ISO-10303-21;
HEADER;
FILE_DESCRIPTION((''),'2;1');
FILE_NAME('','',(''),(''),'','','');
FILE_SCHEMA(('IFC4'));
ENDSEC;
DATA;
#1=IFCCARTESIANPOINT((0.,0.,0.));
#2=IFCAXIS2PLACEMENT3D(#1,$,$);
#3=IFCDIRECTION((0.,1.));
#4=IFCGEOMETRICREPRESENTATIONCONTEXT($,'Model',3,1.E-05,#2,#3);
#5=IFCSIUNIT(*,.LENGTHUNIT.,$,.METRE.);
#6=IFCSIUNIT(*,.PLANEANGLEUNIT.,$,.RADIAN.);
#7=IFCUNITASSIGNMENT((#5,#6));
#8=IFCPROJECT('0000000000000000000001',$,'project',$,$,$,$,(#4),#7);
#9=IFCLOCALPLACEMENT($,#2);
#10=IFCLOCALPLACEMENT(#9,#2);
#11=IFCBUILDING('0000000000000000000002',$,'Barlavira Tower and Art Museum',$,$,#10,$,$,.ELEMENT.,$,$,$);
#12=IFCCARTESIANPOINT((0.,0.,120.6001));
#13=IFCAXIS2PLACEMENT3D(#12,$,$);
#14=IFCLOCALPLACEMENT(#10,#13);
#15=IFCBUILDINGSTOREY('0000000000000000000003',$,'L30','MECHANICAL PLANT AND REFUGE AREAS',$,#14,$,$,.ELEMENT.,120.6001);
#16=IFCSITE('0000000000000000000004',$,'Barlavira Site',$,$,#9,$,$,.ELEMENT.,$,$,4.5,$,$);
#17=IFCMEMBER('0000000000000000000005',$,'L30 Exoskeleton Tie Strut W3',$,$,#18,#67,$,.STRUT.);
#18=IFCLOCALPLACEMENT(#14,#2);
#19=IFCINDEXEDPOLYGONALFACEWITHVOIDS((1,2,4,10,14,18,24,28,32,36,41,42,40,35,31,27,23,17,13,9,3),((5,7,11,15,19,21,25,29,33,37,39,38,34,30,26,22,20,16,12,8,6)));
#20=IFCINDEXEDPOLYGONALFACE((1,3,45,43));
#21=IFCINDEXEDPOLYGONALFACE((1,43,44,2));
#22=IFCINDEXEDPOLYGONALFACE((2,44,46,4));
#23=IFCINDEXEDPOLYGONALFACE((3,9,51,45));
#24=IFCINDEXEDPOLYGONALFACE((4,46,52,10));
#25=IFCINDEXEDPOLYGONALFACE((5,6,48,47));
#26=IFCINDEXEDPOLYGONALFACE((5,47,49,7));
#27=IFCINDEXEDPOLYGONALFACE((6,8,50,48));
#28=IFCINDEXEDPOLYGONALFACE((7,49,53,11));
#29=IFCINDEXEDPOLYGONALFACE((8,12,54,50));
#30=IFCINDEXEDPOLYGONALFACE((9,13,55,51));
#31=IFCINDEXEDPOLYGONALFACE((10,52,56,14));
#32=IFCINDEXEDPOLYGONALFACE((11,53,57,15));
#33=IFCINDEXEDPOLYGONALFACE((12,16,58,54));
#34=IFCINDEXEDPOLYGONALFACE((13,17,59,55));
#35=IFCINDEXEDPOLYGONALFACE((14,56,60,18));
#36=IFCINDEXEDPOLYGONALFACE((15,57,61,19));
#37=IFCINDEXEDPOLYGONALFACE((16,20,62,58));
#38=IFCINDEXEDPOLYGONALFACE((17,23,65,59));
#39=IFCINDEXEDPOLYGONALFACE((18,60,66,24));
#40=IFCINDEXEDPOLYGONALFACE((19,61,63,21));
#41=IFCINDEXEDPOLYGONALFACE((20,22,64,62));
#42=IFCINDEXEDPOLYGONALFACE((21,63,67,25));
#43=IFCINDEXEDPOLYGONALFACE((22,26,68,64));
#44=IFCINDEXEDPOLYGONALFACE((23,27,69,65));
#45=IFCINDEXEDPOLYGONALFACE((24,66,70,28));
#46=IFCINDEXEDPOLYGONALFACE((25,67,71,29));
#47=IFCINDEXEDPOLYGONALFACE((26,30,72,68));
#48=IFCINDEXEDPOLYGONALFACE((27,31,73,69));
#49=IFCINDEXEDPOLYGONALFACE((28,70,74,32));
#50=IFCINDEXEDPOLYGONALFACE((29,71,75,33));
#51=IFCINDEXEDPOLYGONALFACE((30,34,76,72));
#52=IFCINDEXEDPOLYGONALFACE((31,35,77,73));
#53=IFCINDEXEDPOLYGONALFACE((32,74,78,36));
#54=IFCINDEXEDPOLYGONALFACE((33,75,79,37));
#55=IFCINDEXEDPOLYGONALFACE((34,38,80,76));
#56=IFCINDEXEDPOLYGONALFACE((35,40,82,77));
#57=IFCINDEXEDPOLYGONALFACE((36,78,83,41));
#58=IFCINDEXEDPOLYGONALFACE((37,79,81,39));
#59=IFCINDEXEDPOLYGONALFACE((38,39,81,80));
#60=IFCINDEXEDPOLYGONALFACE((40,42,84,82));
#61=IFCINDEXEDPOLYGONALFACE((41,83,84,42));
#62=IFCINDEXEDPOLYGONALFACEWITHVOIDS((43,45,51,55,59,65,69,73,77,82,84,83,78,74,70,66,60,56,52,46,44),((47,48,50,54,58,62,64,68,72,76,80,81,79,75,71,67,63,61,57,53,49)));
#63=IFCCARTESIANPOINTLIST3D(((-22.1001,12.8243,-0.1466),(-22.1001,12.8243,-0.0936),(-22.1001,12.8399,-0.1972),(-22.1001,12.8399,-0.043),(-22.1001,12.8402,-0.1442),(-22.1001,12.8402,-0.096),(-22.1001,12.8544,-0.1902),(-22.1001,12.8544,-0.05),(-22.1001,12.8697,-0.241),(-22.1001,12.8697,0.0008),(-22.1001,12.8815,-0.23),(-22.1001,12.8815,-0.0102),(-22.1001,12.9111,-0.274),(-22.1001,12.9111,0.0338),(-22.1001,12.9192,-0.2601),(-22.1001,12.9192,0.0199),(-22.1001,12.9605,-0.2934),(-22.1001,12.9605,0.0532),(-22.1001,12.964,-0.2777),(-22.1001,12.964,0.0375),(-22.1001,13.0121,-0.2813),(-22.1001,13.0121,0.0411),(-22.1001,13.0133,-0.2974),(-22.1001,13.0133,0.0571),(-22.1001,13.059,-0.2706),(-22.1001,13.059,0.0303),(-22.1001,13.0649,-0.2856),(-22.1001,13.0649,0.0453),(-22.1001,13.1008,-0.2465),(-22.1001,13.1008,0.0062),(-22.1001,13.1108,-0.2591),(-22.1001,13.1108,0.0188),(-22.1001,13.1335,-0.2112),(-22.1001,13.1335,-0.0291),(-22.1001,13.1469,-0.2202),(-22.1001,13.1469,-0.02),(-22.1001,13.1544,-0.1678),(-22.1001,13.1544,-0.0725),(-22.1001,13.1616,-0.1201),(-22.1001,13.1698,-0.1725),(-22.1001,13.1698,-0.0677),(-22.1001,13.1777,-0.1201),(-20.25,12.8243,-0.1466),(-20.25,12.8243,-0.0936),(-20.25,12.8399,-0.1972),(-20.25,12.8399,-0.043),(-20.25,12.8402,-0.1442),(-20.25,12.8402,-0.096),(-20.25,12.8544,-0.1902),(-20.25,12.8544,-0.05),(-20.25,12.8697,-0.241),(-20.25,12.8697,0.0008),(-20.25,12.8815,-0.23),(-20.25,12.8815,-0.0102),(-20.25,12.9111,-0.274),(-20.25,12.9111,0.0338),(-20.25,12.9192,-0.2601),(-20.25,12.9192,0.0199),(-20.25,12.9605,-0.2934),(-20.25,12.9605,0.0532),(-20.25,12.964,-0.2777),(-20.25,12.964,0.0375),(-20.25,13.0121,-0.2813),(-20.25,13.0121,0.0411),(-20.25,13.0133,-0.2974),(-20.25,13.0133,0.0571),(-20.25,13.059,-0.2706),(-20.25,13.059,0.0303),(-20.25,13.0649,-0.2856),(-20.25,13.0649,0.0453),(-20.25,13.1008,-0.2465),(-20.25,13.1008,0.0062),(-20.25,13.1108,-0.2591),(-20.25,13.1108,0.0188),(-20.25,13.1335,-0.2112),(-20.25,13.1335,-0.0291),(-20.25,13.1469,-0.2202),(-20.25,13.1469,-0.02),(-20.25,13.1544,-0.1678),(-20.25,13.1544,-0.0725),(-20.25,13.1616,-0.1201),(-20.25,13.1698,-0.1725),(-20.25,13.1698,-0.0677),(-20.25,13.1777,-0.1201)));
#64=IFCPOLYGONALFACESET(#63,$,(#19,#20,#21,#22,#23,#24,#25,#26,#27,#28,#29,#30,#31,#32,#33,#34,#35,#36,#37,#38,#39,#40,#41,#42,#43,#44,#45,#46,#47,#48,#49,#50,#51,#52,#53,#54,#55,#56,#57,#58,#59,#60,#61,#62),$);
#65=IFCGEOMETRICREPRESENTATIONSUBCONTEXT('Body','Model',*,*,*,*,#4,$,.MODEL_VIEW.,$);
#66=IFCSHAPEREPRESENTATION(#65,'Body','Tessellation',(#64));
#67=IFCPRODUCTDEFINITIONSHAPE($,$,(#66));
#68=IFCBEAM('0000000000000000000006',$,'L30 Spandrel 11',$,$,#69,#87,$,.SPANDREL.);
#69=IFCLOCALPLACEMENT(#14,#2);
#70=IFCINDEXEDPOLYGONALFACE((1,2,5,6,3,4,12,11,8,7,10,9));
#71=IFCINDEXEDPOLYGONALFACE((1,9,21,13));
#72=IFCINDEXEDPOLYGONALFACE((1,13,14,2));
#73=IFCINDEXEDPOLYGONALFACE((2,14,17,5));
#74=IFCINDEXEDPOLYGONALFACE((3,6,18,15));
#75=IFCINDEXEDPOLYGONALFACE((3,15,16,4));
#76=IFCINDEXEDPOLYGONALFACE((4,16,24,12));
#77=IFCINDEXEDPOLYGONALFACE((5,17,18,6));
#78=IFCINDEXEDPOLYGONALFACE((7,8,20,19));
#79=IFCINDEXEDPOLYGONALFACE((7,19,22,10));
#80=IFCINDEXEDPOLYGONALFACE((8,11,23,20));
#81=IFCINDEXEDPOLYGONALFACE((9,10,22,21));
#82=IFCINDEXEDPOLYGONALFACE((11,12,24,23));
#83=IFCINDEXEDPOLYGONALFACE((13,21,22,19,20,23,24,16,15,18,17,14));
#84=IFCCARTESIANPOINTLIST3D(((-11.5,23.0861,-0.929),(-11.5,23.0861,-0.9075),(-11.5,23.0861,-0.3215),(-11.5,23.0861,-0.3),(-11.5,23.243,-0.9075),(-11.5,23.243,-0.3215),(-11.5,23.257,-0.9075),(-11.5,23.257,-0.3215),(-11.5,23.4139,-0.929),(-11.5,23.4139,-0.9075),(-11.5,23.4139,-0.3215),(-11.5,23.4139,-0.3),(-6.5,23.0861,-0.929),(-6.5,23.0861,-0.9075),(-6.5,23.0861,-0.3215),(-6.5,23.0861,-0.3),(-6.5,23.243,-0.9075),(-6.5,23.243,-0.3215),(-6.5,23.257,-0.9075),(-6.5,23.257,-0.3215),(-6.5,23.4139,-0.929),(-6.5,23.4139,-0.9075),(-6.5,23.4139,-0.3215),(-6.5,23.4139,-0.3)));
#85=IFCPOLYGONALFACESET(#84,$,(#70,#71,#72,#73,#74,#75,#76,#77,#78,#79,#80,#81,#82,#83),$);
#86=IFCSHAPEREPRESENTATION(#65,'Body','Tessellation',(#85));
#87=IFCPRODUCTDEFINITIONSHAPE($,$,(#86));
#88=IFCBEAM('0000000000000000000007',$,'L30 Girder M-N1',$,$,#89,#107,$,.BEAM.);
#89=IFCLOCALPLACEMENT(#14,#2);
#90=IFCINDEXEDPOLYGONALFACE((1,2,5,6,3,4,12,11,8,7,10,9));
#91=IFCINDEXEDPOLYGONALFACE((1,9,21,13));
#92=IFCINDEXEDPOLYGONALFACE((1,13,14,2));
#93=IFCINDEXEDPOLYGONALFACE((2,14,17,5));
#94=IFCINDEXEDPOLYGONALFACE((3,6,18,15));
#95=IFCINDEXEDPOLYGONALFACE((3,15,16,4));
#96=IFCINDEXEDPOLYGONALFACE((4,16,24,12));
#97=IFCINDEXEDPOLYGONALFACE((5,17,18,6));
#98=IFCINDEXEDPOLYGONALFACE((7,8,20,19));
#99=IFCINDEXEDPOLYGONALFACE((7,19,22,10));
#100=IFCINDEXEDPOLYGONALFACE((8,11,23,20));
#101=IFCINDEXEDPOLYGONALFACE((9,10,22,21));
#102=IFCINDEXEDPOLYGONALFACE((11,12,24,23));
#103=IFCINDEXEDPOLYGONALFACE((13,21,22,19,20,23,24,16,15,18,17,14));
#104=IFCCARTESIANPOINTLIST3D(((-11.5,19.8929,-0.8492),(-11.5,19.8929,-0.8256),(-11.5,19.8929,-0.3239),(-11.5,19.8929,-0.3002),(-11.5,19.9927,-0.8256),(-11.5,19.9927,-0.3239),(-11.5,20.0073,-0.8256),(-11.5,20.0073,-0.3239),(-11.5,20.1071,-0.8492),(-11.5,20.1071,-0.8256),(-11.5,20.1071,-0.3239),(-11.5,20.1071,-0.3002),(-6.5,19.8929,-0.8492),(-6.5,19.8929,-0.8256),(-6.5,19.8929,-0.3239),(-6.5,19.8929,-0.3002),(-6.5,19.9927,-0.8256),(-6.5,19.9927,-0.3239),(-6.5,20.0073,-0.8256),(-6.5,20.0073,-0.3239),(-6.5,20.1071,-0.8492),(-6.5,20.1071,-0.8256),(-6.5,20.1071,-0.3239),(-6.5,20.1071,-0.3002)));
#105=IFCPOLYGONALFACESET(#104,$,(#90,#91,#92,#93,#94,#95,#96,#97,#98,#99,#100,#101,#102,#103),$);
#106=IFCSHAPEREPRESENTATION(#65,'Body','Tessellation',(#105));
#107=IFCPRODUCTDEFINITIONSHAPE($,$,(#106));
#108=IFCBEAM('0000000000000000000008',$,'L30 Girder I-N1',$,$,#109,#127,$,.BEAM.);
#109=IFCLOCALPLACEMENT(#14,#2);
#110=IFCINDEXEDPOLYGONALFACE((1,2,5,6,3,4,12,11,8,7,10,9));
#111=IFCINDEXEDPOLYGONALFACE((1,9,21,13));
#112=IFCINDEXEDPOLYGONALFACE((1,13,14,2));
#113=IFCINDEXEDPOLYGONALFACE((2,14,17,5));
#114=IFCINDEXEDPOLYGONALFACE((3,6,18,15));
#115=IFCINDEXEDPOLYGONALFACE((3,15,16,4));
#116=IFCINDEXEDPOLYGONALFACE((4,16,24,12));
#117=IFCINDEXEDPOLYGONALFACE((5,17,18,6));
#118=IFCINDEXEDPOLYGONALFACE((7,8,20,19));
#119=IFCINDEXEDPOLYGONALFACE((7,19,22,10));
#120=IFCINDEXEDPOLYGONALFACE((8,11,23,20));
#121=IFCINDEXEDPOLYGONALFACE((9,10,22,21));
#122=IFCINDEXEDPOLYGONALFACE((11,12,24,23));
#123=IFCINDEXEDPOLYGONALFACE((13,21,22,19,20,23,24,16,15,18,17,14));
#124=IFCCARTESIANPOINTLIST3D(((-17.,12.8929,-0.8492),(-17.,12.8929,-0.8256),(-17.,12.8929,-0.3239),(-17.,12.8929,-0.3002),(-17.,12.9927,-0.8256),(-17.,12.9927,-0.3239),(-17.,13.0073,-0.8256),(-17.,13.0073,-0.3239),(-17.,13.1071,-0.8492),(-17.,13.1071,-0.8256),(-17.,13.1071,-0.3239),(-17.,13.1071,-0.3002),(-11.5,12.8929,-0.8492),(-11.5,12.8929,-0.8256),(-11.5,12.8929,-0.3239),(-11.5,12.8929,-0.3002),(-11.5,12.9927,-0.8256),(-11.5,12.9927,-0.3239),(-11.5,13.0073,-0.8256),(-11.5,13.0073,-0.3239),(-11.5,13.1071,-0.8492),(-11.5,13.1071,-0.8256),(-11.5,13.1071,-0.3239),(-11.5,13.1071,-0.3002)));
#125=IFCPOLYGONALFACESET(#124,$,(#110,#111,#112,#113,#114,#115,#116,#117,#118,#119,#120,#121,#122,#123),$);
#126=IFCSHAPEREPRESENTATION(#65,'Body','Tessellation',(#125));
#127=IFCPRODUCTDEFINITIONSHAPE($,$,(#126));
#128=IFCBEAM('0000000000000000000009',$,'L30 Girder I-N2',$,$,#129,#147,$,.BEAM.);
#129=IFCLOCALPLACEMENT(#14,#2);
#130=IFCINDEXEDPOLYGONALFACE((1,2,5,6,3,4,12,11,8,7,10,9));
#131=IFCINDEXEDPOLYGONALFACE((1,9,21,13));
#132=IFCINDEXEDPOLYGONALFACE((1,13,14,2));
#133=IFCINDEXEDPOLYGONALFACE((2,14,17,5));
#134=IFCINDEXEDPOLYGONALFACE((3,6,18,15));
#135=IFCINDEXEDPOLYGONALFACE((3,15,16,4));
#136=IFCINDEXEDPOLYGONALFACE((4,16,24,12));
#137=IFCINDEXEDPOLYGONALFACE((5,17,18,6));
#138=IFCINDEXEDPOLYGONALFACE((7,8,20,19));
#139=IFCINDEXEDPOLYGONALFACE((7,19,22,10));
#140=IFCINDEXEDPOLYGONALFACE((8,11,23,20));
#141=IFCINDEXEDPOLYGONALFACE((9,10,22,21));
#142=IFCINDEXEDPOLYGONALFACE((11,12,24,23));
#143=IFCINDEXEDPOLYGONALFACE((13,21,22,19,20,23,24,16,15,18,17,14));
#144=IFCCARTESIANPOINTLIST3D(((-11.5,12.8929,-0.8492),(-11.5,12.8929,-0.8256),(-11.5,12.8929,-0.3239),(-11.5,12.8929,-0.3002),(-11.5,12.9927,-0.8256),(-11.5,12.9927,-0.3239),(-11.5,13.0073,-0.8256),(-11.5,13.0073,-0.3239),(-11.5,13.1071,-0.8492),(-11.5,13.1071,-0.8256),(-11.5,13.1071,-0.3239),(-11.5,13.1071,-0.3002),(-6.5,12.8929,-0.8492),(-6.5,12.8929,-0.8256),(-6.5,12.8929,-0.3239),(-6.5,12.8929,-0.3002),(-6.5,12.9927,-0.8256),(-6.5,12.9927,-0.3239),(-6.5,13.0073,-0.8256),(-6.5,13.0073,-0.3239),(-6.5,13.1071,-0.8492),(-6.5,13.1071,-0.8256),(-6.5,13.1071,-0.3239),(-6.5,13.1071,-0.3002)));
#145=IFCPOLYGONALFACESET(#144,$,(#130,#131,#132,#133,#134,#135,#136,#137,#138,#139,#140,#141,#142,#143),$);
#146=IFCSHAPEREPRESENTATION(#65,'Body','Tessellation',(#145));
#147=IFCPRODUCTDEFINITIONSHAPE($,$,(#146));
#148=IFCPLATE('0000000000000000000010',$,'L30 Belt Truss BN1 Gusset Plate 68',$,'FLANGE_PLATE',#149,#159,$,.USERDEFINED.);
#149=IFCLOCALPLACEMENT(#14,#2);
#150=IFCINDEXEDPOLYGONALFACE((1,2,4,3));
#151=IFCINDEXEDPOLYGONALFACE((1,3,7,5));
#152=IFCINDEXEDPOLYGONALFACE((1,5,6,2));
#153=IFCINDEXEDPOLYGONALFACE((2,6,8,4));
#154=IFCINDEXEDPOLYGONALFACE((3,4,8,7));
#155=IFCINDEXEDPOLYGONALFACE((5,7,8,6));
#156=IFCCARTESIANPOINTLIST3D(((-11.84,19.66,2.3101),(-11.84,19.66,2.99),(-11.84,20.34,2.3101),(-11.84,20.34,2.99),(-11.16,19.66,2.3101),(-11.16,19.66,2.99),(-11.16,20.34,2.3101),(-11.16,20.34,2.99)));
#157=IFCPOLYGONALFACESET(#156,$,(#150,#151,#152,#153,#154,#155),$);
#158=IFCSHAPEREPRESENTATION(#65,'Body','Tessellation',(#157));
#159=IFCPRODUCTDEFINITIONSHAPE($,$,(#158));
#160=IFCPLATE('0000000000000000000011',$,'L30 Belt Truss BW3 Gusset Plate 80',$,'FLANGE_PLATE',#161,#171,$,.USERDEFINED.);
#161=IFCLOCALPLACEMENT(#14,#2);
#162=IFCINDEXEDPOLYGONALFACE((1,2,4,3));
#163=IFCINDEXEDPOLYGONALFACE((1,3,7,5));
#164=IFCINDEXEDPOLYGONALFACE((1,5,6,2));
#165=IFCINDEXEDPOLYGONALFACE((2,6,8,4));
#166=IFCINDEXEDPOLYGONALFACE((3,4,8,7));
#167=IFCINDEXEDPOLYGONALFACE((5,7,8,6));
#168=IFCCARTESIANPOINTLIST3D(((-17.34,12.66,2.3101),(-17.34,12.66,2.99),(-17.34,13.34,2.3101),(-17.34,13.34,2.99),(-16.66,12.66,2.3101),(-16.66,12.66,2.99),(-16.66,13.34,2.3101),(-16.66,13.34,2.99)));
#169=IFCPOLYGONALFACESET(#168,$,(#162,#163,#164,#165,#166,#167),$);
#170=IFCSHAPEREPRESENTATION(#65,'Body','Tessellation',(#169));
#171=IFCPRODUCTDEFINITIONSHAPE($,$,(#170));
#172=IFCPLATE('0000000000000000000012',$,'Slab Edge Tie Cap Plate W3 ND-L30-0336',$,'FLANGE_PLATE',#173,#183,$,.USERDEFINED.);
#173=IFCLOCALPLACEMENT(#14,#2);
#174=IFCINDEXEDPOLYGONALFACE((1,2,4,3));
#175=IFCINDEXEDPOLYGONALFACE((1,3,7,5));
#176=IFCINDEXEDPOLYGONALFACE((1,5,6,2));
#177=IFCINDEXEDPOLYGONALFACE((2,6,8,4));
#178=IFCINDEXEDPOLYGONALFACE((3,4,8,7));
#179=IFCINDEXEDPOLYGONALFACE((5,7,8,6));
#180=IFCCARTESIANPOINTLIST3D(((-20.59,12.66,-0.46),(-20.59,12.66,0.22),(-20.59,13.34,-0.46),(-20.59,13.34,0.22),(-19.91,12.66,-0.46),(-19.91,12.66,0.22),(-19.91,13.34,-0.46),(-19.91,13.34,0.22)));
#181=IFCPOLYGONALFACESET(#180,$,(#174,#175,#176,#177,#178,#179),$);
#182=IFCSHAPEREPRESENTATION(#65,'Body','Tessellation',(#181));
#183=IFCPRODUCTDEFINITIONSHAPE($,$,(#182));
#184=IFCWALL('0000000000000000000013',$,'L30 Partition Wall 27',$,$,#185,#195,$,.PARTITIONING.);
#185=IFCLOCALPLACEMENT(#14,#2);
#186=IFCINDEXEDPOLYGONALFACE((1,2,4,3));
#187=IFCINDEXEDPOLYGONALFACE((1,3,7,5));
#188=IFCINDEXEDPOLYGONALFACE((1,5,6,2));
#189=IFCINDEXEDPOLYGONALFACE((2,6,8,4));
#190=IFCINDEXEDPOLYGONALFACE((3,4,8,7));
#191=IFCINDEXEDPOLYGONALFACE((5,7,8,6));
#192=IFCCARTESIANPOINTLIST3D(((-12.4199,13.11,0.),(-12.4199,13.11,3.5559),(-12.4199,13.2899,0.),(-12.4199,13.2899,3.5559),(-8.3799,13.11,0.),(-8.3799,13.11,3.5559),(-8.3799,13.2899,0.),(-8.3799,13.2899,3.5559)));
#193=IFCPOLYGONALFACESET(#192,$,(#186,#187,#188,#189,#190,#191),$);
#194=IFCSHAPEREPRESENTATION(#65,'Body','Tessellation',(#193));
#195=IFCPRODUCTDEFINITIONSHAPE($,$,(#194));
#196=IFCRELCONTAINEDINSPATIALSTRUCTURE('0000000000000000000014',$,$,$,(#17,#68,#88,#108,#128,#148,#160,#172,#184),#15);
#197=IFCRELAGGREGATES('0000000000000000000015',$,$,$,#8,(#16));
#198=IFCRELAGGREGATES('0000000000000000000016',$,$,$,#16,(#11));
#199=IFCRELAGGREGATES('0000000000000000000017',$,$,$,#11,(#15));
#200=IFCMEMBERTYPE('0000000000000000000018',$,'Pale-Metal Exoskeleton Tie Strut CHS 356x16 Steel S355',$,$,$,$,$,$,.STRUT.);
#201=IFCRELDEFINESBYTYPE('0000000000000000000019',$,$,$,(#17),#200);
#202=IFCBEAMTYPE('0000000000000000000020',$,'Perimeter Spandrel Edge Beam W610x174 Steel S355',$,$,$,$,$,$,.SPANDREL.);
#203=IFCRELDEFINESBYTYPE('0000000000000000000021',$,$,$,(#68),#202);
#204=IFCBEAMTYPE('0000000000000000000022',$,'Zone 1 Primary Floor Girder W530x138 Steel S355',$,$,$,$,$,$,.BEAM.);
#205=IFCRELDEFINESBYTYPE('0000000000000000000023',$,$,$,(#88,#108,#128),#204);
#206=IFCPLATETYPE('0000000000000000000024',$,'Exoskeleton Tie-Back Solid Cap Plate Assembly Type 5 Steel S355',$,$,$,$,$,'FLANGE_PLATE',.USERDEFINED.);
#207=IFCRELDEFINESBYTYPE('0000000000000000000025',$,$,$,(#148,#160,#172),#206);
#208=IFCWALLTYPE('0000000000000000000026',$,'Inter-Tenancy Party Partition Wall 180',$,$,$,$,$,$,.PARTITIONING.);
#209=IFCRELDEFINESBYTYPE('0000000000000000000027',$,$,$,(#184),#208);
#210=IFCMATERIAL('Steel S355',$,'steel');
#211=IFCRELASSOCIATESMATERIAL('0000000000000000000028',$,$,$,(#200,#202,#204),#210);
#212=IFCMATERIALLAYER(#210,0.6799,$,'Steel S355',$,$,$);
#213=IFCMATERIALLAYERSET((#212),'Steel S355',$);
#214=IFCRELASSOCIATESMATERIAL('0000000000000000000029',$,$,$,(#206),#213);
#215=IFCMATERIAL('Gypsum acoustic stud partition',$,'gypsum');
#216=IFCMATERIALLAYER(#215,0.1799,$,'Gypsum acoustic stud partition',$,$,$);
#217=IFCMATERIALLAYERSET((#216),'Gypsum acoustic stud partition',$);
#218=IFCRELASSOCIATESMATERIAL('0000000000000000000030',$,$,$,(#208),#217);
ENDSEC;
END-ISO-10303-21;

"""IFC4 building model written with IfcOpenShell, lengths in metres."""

from ifc_helpers import new_model, si_unit, direction, frame, frame_2d, origin, origin_2d, place, context, subcontext, project, spatial, rectangle, hollow_circle, i_section, extrude, material, layer, layer_set, material_profile, profile_set, type_object, element, save


model = new_model("IFC4")

# Units and contexts
model_context = context("Model", 3, precision=1e-05, world=origin(), true_north=direction((0.0, 1.0)))
body_context = subcontext(model_context, "Body", "Model", "MODEL_VIEW")
ifc_project = project(units=[si_unit("LENGTHUNIT", "METRE"), si_unit("PLANEANGLEUNIT", "RADIAN")], contexts=[model_context])

# Site, building, storey
site_placement = place(None, origin())
site = spatial("IfcSite", under=ifc_project, at=site_placement, Name="Barlavira Site", CompositionType="ELEMENT", RefElevation=4.5)
building_placement = place(site_placement, origin())
building = spatial("IfcBuilding", under=site, at=building_placement, Name="Barlavira Tower and Art Museum", CompositionType="ELEMENT")
storey_placement = place(building_placement, frame((0.0, 0.0, 120.6001)))
storey = spatial("IfcBuildingStorey", under=building, at=storey_placement, Name="L30", Description="MECHANICAL PLANT AND REFUGE AREAS", CompositionType="ELEMENT", Elevation=120.6001)

# Member
ifc_material_1 = material(Name="Steel S355", Category="steel")
ifc_material_profile_1 = material_profile(ifc_material_1, hollow_circle(Radius=0.1777, WallThickness=0.0161, at=origin_2d()), Name="CHS 355.6x16.0")
ifc_profile_set_1 = profile_set([ifc_material_profile_1], Name="Steel S355")
member_type_1 = type_object("IfcMemberType", Name="Pale-Metal Exoskeleton Tie Strut CHS 356x16 Steel S355", PredefinedType="STRUT", material=ifc_profile_set_1)
member_1_placement = place(storey_placement, frame((-22.1001, 13.0, -0.1201), z_axis=(1.0, 0.0, 0.0), x_axis=(0.0, 1.0, 0.0)))
element("IfcMember", 1, at=member_1_placement, inside=storey, type_object=member_type_1, Name="L30 Exoskeleton Tie Strut W3", PredefinedType="STRUT", context=body_context, shape_type="SweptSolid", body=[
    extrude(hollow_circle(Radius=0.1777, WallThickness=0.0161, at=origin_2d()), origin(), (0.0, 0.0, 1.0), 1.8501),
])

# Beams
ifc_material_profile_2 = material_profile(ifc_material_1, i_section(OverallWidth=0.3279, OverallDepth=0.6289, WebThickness=0.0139, FlangeThickness=0.0215, at=origin_2d()), Name="W610x174.0")
ifc_profile_set_2 = profile_set([ifc_material_profile_2], Name="Steel S355")
beam_type_1 = type_object("IfcBeamType", Name="Perimeter Spandrel Edge Beam W610x174 Steel S355", PredefinedType="SPANDREL", material=ifc_profile_set_2)
beam_1_placement = place(storey_placement, frame((-11.5, 23.25, -0.6145), z_axis=(1.0, 0.0, 0.0), x_axis=(0.0, 1.0, 0.0)))
element("IfcBeam", 2, at=beam_1_placement, inside=storey, type_object=beam_type_1, Name="L30 Spandrel 11", PredefinedType="SPANDREL", context=body_context, shape_type="SweptSolid", body=[
    extrude(i_section(OverallWidth=0.3279, OverallDepth=0.6289, WebThickness=0.0139, FlangeThickness=0.0215, at=origin_2d()), origin(), (0.0, 0.0, 1.0), 5.0),
])
ifc_material_profile_3 = material_profile(ifc_material_1, i_section(OverallWidth=0.2141, OverallDepth=0.5491, WebThickness=0.0146, FlangeThickness=0.0237, at=origin_2d()), Name="W530x138.0")
ifc_profile_set_3 = profile_set([ifc_material_profile_3], Name="Steel S355")
beam_type_2 = type_object("IfcBeamType", Name="Zone 1 Primary Floor Girder W530x138 Steel S355", PredefinedType="BEAM", material=ifc_profile_set_3)
beam_2_placement = place(storey_placement, frame((-11.5, 20.0, -0.5747), z_axis=(1.0, 0.0, 0.0), x_axis=(0.0, 1.0, 0.0)))
element("IfcBeam", 3, at=beam_2_placement, inside=storey, type_object=beam_type_2, Name="L30 Girder M-N1", PredefinedType="BEAM", context=body_context, shape_type="SweptSolid", body=[
    extrude(i_section(OverallWidth=0.2141, OverallDepth=0.5491, WebThickness=0.0146, FlangeThickness=0.0237, at=origin_2d()), origin(), (0.0, 0.0, 1.0), 5.0),
])
beam_3_placement = place(storey_placement, frame((-17.0, 13.0, -0.5747), z_axis=(1.0, 0.0, 0.0), x_axis=(0.0, 1.0, 0.0)))
element("IfcBeam", 4, at=beam_3_placement, inside=storey, type_object=beam_type_2, Name="L30 Girder I-N1", PredefinedType="BEAM", context=body_context, shape_type="SweptSolid", body=[
    extrude(i_section(OverallWidth=0.2141, OverallDepth=0.5491, WebThickness=0.0146, FlangeThickness=0.0237, at=origin_2d()), origin(), (0.0, 0.0, 1.0), 5.5),
])
beam_4_placement = place(storey_placement, frame((-11.5, 13.0, -0.5747), z_axis=(1.0, 0.0, 0.0), x_axis=(0.0, 1.0, 0.0)))
element("IfcBeam", 5, at=beam_4_placement, inside=storey, type_object=beam_type_2, Name="L30 Girder I-N2", PredefinedType="BEAM", context=body_context, shape_type="SweptSolid", body=[
    extrude(i_section(OverallWidth=0.2141, OverallDepth=0.5491, WebThickness=0.0146, FlangeThickness=0.0237, at=origin_2d()), origin(), (0.0, 0.0, 1.0), 5.0),
])

# Plates
ifc_layer_1 = layer(ifc_material_1, 0.6799, Name="Steel S355")
ifc_layer_set_1 = layer_set([ifc_layer_1], Name="Steel S355")
plate_type = type_object("IfcPlateType", Name="Exoskeleton Tie-Back Solid Cap Plate Assembly Type 5 Steel S355", ElementType="FLANGE_PLATE", PredefinedType="USERDEFINED", material=ifc_layer_set_1)
for number, where, z_axis, x_axis, name in (
    (6, (-11.5, 20.0, 2.3101), (0.0, 0.0, 1.0), (1.0, 0.0, 0.0), "L30 Belt Truss BN1 Gusset Plate 68"),
    (7, (-17.0, 13.0, 2.3101), (0.0, 0.0, 1.0), (1.0, 0.0, 0.0), "L30 Belt Truss BW3 Gusset Plate 80"),
    (8, (-20.25, 13.0, -0.46), (0.0, 0.0, 1.0), (1.0, 0.0, 0.0), "Slab Edge Tie Cap Plate W3 ND-L30-0336"),
):
    element("IfcPlate", number, at=place(storey_placement, frame(where, z_axis=z_axis, x_axis=x_axis)), inside=storey, type_object=plate_type, Name=name, ObjectType="FLANGE_PLATE", PredefinedType="USERDEFINED", context=body_context, shape_type="SweptSolid", body=[
        extrude(rectangle(XDim=0.6799, YDim=0.6799, at=origin_2d()), origin(), (0.0, 0.0, 1.0), 0.6799),
    ])

# Wall
ifc_material_2 = material(Name="Gypsum acoustic stud partition", Category="gypsum")
ifc_layer_2 = layer(ifc_material_2, 0.1799, Name="Gypsum acoustic stud partition")
ifc_layer_set_2 = layer_set([ifc_layer_2], Name="Gypsum acoustic stud partition")
wall_type_1 = type_object("IfcWallType", Name="Inter-Tenancy Party Partition Wall 180", PredefinedType="PARTITIONING", material=ifc_layer_set_2)
wall_1_placement = place(storey_placement, frame((-12.4199, 13.2, 0.0), z_axis=(0.0, 0.0, 1.0), x_axis=(1.0, 0.0, 0.0)))
element("IfcWall", 9, at=wall_1_placement, inside=storey, type_object=wall_type_1, Name="L30 Partition Wall 27", PredefinedType="PARTITIONING", context=body_context, shape_type="SweptSolid", body=[
    extrude(rectangle(XDim=4.04, YDim=0.1799, at=frame_2d((2.02, 0.0))), origin(), (0.0, 0.0, 1.0), 3.5559),
])

save(model, "model.ifc")
